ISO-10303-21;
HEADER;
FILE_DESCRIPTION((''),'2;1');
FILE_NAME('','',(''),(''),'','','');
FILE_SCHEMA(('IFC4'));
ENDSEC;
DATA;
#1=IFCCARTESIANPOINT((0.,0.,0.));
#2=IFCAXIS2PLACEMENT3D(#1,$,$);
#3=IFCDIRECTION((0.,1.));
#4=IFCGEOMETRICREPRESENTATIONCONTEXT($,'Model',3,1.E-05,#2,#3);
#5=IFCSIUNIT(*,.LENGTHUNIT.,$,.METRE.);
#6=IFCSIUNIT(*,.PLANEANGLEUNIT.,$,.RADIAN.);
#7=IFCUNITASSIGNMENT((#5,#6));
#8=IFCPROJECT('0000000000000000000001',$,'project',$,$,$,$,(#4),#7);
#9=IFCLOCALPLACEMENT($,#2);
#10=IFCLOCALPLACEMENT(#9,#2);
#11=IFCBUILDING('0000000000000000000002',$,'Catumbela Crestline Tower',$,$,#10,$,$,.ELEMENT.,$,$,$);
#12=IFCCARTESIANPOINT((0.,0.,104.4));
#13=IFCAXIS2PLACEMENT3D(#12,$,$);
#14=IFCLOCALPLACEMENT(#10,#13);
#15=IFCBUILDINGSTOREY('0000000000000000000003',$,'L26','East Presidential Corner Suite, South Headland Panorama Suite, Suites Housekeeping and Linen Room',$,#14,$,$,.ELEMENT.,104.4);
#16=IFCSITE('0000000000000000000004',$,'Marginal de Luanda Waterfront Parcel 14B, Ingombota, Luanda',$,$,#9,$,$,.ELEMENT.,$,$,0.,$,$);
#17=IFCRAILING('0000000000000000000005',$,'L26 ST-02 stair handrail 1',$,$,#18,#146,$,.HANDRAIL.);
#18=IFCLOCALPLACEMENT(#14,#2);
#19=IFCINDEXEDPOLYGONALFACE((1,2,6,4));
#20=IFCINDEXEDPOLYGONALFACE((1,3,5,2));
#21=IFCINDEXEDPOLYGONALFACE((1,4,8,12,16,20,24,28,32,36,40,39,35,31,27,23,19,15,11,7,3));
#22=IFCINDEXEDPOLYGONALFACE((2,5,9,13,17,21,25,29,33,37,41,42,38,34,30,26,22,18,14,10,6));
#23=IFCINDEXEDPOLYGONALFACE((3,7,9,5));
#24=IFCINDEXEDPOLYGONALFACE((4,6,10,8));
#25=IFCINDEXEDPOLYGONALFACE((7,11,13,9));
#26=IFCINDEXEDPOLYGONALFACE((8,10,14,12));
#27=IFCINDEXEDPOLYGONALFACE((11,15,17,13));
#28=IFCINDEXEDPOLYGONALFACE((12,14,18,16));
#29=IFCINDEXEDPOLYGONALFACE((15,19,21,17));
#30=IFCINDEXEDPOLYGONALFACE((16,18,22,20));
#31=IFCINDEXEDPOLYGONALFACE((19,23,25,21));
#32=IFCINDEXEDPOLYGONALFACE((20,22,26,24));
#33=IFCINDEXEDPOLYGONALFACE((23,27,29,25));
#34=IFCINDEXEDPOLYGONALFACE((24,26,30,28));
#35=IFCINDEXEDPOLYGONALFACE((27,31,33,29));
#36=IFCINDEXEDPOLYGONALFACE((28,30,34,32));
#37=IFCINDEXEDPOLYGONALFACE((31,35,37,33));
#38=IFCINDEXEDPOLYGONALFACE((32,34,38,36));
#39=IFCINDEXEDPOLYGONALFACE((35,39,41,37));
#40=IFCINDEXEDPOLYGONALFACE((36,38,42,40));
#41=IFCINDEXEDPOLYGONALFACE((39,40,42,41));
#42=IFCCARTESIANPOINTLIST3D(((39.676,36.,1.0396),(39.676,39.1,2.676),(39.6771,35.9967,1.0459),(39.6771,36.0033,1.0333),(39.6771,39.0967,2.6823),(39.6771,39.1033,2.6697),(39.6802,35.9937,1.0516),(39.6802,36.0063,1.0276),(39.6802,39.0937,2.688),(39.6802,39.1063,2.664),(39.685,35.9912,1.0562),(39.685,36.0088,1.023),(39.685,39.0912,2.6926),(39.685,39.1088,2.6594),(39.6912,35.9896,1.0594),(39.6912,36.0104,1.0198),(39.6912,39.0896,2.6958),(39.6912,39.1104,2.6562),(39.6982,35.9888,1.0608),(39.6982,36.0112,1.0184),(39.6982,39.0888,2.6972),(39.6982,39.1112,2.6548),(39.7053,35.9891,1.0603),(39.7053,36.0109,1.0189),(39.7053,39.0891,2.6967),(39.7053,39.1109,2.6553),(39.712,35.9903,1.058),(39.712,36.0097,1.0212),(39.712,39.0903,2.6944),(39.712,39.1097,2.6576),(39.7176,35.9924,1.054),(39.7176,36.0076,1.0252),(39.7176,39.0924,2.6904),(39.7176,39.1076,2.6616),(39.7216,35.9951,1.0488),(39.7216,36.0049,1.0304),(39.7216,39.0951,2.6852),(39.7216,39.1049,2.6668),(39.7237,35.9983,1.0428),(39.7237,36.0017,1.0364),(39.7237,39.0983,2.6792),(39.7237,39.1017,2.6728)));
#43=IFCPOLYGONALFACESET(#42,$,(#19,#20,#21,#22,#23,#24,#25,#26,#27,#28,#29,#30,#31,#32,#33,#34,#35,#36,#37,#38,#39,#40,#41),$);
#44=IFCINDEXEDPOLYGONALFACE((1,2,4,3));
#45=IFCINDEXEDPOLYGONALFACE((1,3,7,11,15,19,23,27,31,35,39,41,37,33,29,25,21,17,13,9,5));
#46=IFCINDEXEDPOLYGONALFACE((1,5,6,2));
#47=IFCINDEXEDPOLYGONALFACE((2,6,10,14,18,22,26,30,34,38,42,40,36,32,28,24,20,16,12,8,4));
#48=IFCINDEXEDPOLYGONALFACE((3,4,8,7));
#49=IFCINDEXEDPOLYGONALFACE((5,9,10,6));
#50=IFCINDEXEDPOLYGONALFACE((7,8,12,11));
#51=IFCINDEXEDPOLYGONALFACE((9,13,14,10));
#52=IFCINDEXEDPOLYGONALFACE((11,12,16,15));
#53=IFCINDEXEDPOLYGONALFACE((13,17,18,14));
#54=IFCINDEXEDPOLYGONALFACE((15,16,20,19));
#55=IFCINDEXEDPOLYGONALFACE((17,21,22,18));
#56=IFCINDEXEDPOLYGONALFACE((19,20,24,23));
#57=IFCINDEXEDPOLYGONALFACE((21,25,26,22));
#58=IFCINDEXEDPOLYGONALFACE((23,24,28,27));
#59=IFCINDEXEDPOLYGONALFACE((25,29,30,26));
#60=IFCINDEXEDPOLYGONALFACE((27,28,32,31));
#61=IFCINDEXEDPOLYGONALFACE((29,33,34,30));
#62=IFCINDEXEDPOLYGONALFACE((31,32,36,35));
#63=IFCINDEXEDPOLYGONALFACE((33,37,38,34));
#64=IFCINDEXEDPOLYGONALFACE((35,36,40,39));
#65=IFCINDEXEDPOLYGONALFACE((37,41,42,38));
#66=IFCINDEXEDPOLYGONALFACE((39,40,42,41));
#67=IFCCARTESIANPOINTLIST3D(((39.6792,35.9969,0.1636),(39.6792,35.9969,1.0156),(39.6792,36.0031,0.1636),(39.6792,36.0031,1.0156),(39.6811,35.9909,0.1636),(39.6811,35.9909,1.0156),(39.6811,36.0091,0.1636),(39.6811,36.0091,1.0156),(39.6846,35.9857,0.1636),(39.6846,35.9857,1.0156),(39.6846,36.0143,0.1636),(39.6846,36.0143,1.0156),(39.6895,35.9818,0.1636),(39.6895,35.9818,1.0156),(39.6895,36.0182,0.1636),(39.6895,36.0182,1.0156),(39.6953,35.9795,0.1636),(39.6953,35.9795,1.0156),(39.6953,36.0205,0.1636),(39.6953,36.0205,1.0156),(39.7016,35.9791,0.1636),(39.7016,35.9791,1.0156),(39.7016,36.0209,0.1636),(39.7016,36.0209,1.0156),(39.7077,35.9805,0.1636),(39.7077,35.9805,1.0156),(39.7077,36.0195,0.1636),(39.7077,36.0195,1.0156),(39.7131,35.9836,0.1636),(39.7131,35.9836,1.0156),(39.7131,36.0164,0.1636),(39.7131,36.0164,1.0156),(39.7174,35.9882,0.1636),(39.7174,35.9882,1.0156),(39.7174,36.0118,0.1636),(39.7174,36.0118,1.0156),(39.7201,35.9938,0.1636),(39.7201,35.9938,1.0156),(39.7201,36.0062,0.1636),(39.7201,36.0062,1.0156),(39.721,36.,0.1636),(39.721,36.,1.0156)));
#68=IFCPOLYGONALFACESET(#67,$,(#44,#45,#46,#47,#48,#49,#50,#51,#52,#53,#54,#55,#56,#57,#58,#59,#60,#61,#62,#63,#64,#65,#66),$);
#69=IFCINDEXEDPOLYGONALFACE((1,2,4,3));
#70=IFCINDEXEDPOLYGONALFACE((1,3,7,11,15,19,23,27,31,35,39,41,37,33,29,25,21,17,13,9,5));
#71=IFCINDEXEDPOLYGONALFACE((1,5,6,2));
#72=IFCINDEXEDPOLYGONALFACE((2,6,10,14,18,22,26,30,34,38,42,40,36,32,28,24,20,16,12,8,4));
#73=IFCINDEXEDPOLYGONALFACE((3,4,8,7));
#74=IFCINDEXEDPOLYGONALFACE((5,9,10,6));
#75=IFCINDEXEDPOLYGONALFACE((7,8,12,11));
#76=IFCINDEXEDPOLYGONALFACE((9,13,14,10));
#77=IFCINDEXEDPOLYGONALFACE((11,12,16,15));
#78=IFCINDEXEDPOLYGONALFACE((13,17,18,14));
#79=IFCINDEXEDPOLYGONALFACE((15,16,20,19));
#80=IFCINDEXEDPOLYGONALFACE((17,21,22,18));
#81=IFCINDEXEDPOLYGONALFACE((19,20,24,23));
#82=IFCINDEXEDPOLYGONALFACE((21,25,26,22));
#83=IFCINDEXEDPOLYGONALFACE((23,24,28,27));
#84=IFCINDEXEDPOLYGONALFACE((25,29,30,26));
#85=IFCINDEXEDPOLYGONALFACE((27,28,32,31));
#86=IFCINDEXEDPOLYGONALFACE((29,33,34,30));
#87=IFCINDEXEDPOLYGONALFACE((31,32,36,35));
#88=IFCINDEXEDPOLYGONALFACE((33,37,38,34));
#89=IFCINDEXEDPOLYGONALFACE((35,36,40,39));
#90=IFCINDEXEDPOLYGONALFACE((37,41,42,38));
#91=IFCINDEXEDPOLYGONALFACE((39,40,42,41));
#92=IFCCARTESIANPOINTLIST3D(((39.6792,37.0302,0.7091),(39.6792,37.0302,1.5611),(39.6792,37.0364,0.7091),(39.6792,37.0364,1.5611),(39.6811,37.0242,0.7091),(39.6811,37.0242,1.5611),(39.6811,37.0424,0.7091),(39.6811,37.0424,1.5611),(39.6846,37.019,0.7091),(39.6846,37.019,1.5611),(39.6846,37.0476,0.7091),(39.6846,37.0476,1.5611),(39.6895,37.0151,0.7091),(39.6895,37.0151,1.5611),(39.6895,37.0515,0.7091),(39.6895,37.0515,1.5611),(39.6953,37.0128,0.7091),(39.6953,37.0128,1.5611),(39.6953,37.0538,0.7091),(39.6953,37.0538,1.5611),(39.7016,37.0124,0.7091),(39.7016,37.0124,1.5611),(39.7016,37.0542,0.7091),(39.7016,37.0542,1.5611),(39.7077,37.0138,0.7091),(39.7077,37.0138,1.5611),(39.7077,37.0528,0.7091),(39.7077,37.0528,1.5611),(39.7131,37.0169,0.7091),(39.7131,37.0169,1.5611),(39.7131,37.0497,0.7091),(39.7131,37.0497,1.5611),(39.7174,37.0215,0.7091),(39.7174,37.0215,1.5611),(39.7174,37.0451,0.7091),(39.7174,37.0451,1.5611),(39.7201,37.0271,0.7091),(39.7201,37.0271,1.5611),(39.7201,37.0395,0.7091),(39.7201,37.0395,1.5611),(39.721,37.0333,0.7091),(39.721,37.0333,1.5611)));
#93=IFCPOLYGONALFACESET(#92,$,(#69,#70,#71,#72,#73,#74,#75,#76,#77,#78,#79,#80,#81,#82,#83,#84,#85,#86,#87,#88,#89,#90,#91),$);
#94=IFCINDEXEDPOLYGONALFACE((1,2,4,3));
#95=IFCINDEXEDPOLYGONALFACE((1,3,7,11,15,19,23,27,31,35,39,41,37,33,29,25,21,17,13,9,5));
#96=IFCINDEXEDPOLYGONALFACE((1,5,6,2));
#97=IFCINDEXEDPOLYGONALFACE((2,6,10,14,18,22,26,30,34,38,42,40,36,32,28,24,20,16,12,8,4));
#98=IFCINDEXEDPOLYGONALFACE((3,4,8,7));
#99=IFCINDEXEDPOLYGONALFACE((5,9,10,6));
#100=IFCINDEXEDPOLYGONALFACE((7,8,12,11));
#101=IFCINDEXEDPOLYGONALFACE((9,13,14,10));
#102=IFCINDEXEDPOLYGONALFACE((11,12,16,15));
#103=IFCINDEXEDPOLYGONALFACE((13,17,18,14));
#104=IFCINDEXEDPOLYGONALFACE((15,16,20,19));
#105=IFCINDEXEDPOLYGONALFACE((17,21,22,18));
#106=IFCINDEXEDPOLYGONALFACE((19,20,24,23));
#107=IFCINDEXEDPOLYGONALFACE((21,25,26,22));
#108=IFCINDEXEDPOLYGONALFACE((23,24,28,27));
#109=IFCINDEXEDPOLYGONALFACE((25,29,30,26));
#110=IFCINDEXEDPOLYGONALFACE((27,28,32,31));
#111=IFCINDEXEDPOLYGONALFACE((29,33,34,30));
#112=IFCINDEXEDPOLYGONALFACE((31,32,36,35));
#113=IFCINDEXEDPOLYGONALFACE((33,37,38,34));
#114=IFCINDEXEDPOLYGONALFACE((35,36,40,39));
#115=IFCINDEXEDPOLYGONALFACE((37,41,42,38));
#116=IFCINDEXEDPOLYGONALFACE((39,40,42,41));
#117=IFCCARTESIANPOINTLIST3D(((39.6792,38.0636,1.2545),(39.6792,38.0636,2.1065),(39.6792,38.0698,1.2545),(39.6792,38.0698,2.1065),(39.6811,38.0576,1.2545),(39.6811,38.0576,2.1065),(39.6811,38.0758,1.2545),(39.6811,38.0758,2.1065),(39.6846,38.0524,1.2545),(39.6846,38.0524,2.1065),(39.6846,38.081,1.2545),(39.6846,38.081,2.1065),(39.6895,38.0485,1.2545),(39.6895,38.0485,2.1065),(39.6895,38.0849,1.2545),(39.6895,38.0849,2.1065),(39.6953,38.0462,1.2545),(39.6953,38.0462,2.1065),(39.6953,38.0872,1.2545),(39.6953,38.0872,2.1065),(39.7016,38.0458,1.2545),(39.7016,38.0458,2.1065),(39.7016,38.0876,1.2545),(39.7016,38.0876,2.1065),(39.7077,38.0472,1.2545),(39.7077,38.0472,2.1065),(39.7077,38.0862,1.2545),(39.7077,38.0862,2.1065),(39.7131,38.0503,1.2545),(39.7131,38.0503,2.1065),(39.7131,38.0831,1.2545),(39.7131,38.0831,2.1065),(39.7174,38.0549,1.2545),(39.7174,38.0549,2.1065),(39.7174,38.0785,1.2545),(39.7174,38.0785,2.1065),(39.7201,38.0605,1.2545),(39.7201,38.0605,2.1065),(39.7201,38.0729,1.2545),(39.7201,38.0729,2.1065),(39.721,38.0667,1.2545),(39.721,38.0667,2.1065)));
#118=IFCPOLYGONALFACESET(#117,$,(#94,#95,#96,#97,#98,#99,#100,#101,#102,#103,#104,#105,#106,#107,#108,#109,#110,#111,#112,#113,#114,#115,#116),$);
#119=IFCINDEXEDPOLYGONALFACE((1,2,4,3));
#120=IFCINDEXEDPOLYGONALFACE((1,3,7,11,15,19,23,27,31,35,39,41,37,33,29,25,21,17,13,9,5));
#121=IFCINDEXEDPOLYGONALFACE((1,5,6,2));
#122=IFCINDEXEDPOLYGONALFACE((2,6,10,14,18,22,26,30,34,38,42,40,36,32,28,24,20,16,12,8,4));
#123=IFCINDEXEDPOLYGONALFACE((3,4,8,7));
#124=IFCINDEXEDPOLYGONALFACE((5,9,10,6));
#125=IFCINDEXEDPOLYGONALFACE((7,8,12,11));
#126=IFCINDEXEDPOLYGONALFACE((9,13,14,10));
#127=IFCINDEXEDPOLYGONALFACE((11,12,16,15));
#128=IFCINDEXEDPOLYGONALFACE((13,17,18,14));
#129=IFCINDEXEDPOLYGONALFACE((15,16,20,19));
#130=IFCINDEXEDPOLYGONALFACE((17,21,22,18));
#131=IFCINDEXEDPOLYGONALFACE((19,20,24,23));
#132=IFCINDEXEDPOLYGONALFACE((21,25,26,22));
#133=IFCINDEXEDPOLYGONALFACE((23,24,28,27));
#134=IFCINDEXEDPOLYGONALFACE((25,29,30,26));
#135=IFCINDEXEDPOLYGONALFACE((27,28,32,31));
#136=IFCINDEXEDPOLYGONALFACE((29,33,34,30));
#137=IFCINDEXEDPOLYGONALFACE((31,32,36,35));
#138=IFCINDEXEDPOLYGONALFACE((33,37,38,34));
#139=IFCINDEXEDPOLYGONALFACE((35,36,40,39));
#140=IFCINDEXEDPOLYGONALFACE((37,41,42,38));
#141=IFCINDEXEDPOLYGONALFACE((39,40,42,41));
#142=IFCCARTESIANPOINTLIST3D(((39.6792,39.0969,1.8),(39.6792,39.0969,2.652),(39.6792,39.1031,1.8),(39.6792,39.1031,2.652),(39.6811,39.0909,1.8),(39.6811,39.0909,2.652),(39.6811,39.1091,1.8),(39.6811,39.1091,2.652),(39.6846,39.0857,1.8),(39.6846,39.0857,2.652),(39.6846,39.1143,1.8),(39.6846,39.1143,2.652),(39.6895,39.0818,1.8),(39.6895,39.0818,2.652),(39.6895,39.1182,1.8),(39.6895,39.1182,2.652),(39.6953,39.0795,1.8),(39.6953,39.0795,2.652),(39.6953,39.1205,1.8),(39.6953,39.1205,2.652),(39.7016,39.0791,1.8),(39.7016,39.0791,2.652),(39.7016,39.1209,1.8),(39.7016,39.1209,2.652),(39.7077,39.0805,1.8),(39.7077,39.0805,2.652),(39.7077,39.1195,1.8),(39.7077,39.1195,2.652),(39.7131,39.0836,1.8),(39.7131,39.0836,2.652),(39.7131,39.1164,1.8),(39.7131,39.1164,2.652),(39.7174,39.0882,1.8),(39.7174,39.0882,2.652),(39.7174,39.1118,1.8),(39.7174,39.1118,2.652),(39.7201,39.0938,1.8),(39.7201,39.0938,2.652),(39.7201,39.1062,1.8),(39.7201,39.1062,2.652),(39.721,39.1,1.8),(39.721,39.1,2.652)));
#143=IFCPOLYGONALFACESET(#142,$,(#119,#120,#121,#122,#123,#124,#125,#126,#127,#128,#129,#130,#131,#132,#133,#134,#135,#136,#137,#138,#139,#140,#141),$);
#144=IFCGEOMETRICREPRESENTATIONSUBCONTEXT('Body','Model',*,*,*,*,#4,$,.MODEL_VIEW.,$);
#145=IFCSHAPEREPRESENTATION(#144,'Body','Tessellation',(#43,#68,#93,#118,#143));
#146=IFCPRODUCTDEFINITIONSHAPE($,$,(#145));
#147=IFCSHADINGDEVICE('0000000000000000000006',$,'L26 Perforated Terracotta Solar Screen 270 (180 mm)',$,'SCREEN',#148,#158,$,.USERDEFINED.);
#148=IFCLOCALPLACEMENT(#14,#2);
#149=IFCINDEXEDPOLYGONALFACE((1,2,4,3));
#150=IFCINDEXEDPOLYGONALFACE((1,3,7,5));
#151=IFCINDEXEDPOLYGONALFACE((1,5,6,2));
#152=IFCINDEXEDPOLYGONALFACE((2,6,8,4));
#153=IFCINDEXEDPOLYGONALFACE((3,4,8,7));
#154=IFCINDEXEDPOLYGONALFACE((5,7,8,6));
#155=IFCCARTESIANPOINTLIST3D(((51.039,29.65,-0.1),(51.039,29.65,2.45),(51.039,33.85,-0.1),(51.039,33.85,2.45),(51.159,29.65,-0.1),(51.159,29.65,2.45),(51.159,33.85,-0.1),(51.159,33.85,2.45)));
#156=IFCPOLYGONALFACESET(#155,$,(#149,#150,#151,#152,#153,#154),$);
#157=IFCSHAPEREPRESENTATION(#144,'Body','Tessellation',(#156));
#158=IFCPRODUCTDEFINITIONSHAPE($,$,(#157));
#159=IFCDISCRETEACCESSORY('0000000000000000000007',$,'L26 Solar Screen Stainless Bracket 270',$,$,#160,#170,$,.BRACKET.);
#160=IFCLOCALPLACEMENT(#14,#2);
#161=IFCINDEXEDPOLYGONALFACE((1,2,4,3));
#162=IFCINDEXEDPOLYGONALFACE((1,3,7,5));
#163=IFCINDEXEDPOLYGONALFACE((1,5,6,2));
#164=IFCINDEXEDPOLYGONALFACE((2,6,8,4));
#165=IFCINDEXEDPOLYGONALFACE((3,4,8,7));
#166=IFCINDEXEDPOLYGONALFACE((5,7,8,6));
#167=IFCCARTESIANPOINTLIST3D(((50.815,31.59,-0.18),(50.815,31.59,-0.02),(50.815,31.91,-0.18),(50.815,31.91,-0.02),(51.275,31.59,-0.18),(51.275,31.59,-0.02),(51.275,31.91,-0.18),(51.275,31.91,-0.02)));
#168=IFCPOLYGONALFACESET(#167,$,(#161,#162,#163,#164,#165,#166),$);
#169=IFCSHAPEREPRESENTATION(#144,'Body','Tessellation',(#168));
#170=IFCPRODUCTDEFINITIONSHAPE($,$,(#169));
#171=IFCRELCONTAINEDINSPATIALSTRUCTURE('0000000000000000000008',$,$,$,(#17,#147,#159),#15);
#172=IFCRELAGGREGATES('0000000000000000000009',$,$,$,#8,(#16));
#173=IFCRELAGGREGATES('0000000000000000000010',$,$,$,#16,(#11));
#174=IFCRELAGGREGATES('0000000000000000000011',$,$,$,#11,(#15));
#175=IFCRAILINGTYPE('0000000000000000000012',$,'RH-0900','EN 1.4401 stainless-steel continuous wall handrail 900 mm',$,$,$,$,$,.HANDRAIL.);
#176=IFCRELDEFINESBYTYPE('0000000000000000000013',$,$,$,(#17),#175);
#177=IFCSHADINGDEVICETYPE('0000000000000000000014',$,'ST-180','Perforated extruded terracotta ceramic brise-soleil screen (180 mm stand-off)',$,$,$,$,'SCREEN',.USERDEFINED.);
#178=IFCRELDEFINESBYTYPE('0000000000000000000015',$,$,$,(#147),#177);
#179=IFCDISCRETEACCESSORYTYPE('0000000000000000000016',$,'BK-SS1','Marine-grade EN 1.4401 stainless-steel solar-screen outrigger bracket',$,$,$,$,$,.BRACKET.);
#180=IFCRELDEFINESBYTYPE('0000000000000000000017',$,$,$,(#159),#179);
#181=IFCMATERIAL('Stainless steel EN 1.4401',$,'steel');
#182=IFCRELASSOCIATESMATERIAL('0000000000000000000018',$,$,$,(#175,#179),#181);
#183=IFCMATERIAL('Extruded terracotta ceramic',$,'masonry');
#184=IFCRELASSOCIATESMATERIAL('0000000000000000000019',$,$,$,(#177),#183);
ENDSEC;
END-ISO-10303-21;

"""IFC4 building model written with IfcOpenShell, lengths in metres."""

from ifc_helpers import new_model, si_unit, direction, frame, origin, origin_2d, place, context, subcontext, project, spatial, rectangle, circle, extrude, material, type_object, element, save


model = new_model("IFC4")

# Units and contexts
model_context = context("Model", 3, precision=1e-05, world=origin(), true_north=direction((0.0, 1.0)))
body_context = subcontext(model_context, "Body", "Model", "MODEL_VIEW")
ifc_project = project(units=[si_unit("LENGTHUNIT", "METRE"), si_unit("PLANEANGLEUNIT", "RADIAN")], contexts=[model_context])

# Site, building, storey
site_placement = place(None, origin())
site = spatial("IfcSite", under=ifc_project, at=site_placement, Name="Marginal de Luanda Waterfront Parcel 14B, Ingombota, Luanda", CompositionType="ELEMENT", RefElevation=0.0)
building_placement = place(site_placement, origin())
building = spatial("IfcBuilding", under=site, at=building_placement, Name="Catumbela Crestline Tower", CompositionType="ELEMENT")
storey_placement = place(building_placement, frame((0.0, 0.0, 104.4)))
storey = spatial("IfcBuildingStorey", under=building, at=storey_placement, Name="L26", Description="East Presidential Corner Suite, South Headland Panorama Suite, Suites Housekeeping and Linen Room", CompositionType="ELEMENT", Elevation=104.4)

# Railing
ifc_material_1 = material(Name="Stainless steel EN 1.4401", Category="steel")
railing_type = type_object("IfcRailingType", Name="RH-0900", Description="EN 1.4401 stainless-steel continuous wall handrail 900 mm", PredefinedType="HANDRAIL", material=ifc_material_1)
railing_placement = place(storey_placement, frame((39.7, 36.0, 0.1636)))
element("IfcRailing", 1, at=railing_placement, inside=storey, type_object=railing_type, Name="L26 ST-02 stair handrail 1", PredefinedType="HANDRAIL", context=body_context, shape_type="SweptSolid", body=[
    extrude(circle(Radius=0.024, at=origin_2d()), frame((0.0, 0.0, 0.876), z_axis=(0.0, 0.884351, 0.466823), x_axis=(-1.0, 0.0, 0.0)), (0.0, 0.0, 1.0), 3.5054),
    extrude(circle(Radius=0.021, at=origin_2d()), origin(), (0.0, 0.0, 1.0), 0.852),
    extrude(circle(Radius=0.021, at=origin_2d()), frame((0.0, 1.0333, 0.5455)), (0.0, 0.0, 1.0), 0.852),
    extrude(circle(Radius=0.021, at=origin_2d()), frame((0.0, 2.0667, 1.0909)), (0.0, 0.0, 1.0), 0.852),
    extrude(circle(Radius=0.021, at=origin_2d()), frame((0.0, 3.1, 1.6364)), (0.0, 0.0, 1.0), 0.852),
])

# Shading device
ifc_material_2 = material(Name="Extruded terracotta ceramic", Category="masonry")
shading_device_type = type_object("IfcShadingDeviceType", Name="ST-180", Description="Perforated extruded terracotta ceramic brise-soleil screen (180 mm stand-off)", ElementType="SCREEN", PredefinedType="USERDEFINED", material=ifc_material_2)
shading_device_placement = place(storey_placement, frame((51.099, 31.75, -0.1), z_axis=(0.0, 0.0, 1.0), x_axis=(0.0, 1.0, 0.0)))
element("IfcShadingDevice", 2, at=shading_device_placement, inside=storey, type_object=shading_device_type, Name="L26 Perforated Terracotta Solar Screen 270 (180 mm)", ObjectType="SCREEN", PredefinedType="USERDEFINED", context=body_context, shape_type="SweptSolid", body=[
    extrude(rectangle(XDim=4.2, YDim=0.12, at=origin_2d()), origin(), (0.0, 0.0, 1.0), 2.55),
])

# Discrete accessory
discrete_accessory_type = type_object("IfcDiscreteAccessoryType", Name="BK-SS1", Description="Marine-grade EN 1.4401 stainless-steel solar-screen outrigger bracket", PredefinedType="BRACKET", material=ifc_material_1)
discrete_accessory_placement = place(storey_placement, frame((51.045, 31.75, -0.18), z_axis=(0.0, 0.0, 1.0), x_axis=(0.0, 1.0, 0.0)))
element("IfcDiscreteAccessory", 3, at=discrete_accessory_placement, inside=storey, type_object=discrete_accessory_type, Name="L26 Solar Screen Stainless Bracket 270", PredefinedType="BRACKET", context=body_context, shape_type="SweptSolid", body=[
    extrude(rectangle(XDim=0.32, YDim=0.46, at=origin_2d()), origin(), (0.0, 0.0, 1.0), 0.16),
])

save(model, "model.ifc")
